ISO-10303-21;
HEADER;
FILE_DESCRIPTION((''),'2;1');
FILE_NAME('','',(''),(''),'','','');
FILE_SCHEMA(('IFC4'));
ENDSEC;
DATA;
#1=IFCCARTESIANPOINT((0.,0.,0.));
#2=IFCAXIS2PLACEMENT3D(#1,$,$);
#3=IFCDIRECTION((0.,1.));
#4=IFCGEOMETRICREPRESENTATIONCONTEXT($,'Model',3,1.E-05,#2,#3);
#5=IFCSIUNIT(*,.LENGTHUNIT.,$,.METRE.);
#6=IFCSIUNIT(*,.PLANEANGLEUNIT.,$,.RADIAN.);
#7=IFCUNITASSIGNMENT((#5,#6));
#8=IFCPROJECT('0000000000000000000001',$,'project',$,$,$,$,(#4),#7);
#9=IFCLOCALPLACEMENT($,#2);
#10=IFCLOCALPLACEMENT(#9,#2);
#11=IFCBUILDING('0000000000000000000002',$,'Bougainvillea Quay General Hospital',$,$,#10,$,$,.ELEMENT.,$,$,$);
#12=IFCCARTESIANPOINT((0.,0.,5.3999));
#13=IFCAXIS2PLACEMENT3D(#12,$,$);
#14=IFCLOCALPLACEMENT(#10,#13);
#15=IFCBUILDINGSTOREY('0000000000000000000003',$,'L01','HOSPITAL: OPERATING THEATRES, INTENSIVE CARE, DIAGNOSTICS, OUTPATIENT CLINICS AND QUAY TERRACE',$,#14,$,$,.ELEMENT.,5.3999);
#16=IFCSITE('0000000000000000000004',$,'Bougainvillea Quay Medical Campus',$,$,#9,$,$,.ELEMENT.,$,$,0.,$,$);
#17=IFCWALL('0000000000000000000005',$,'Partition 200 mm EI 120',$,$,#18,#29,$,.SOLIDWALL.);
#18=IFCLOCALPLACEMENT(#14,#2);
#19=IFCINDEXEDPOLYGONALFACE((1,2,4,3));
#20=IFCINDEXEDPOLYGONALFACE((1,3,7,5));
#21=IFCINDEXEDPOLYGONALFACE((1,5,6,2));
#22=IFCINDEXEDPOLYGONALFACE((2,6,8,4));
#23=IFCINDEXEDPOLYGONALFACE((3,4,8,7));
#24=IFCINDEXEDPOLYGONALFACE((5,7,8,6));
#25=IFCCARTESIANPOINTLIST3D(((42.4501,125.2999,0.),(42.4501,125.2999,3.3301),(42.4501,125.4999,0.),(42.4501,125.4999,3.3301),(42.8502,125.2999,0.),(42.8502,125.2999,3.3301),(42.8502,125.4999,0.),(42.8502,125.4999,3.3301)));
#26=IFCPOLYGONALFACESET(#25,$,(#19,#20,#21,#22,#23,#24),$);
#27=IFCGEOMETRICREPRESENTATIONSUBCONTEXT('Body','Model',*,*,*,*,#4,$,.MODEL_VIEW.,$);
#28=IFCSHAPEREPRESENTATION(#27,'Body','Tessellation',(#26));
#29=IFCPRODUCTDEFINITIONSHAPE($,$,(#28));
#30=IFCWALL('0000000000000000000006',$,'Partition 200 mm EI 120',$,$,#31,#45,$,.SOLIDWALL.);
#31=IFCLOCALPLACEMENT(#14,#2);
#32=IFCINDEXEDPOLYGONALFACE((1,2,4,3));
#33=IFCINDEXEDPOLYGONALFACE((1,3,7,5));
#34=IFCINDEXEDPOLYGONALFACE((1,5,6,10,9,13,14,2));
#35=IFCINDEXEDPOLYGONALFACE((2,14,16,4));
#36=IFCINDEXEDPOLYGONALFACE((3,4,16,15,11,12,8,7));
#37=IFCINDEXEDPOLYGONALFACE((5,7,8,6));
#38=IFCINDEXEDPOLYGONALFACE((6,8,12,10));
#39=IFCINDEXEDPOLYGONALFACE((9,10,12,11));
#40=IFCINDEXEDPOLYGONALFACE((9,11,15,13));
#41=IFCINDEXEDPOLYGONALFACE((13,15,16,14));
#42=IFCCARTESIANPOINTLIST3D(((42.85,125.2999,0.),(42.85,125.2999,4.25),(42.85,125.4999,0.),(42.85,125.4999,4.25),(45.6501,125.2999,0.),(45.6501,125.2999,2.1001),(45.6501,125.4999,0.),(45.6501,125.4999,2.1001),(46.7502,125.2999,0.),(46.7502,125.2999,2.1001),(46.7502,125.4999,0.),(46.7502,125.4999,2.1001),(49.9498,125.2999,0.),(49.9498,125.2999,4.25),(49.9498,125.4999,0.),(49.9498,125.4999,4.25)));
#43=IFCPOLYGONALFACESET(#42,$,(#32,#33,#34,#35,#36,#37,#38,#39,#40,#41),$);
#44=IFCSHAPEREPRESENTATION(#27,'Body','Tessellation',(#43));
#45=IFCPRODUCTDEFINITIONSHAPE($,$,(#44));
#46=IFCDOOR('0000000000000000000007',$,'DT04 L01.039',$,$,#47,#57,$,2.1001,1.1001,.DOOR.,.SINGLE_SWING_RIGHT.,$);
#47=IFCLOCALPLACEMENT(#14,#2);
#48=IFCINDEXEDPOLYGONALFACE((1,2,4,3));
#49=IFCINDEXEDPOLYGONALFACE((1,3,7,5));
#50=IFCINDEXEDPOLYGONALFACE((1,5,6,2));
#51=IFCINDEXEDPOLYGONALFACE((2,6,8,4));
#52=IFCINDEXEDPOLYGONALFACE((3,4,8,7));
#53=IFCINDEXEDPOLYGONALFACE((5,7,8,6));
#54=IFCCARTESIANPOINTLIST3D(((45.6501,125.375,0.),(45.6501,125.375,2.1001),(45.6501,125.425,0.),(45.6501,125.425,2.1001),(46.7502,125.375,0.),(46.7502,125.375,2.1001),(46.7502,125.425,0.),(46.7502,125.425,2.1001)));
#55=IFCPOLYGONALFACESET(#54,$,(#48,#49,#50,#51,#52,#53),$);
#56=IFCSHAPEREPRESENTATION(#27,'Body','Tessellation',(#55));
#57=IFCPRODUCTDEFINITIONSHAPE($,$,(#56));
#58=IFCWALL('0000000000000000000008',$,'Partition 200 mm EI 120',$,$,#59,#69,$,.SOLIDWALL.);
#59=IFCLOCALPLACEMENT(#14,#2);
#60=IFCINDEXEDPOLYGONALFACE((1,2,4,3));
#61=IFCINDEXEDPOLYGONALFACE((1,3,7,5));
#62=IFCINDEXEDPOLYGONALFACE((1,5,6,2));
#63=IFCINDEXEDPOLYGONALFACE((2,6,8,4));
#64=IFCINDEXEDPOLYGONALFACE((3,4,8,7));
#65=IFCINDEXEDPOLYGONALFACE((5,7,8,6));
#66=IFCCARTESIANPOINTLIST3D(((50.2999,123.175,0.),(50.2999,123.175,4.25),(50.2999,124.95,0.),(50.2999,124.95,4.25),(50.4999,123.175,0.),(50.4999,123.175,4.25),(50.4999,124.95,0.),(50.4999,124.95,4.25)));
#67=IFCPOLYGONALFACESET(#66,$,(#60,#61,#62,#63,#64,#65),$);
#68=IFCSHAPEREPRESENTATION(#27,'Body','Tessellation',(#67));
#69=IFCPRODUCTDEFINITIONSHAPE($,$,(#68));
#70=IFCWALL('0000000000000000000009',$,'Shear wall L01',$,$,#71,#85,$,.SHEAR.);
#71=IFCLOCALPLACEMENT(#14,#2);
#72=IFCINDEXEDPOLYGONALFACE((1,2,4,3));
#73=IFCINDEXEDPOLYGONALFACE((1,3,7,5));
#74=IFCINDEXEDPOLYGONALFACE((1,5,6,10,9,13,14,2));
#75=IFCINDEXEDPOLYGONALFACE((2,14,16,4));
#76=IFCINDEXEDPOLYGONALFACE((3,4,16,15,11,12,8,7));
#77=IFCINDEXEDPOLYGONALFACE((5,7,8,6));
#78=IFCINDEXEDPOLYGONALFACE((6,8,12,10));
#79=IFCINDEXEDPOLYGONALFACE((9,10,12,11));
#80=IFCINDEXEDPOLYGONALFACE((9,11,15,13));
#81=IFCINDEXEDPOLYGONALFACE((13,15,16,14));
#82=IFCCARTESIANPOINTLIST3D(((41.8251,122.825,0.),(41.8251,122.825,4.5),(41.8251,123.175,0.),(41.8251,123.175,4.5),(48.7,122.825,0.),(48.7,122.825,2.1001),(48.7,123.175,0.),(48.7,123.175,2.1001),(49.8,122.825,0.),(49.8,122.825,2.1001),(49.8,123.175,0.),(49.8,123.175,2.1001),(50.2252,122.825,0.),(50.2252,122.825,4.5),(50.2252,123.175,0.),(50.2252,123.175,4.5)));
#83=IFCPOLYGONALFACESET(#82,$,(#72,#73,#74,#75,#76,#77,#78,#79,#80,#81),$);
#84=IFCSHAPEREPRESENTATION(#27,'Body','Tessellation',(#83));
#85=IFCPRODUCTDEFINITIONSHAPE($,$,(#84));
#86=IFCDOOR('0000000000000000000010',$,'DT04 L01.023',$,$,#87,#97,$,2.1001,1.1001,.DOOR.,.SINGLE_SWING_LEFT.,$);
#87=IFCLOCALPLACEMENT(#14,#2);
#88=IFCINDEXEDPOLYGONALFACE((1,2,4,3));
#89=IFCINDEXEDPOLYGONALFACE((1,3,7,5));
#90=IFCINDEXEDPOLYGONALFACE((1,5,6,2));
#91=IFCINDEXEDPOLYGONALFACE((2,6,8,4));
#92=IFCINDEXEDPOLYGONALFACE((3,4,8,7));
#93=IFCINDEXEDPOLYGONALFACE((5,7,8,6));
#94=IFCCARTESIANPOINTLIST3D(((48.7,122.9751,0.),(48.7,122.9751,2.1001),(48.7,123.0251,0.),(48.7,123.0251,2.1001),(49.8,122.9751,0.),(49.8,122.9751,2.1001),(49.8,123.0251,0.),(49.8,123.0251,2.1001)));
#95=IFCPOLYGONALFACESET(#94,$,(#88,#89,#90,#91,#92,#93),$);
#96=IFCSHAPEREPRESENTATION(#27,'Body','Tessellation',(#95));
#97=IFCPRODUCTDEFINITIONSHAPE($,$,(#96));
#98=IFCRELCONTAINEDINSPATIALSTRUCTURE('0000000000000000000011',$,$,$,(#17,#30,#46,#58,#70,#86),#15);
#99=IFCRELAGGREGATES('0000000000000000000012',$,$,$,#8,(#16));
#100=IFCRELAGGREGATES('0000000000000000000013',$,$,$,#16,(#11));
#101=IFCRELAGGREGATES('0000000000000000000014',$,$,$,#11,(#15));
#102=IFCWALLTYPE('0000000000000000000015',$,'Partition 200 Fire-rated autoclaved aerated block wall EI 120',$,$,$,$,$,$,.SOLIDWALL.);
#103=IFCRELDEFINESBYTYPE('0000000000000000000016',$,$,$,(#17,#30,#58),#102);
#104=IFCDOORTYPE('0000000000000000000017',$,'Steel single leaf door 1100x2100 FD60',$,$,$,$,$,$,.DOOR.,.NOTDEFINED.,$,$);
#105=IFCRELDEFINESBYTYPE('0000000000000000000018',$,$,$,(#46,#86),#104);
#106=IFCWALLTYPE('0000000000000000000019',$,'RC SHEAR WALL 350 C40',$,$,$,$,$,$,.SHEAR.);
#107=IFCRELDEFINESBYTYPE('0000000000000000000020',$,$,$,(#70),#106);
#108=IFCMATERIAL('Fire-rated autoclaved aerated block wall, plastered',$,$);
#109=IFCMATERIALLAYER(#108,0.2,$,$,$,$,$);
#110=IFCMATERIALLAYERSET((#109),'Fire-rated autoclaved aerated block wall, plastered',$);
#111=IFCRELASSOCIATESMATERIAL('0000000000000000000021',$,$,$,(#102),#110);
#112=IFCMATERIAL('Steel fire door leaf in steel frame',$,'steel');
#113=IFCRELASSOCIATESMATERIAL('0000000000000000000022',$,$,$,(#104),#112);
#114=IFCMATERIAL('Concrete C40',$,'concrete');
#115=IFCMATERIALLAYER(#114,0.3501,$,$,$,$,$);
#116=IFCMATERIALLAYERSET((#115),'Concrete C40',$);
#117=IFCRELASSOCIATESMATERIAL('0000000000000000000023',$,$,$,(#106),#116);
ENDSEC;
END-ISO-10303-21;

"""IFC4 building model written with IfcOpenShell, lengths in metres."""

from ifc_helpers import new_model, si_unit, direction, frame, frame_2d, origin, place, context, subcontext, project, spatial, rectangle, extrude, material, layer, layer_set, type_object, element, fill, save


model = new_model("IFC4")

# Units and contexts
model_context = context("Model", 3, precision=1e-05, world=origin(), true_north=direction((0.0, 1.0)))
body_context = subcontext(model_context, "Body", "Model", "MODEL_VIEW")
ifc_project = project(units=[si_unit("LENGTHUNIT", "METRE"), si_unit("PLANEANGLEUNIT", "RADIAN")], contexts=[model_context])

# Site, building, storey
site_placement = place(None, origin())
site = spatial("IfcSite", under=ifc_project, at=site_placement, Name="Bougainvillea Quay Medical Campus", CompositionType="ELEMENT", RefElevation=0.0)
building_placement = place(site_placement, origin())
building = spatial("IfcBuilding", under=site, at=building_placement, Name="Bougainvillea Quay General Hospital", CompositionType="ELEMENT")
storey_placement = place(building_placement, frame((0.0, 0.0, 5.3999)))
storey = spatial("IfcBuildingStorey", under=building, at=storey_placement, Name="L01", Description="HOSPITAL: OPERATING THEATRES, INTENSIVE CARE, DIAGNOSTICS, OUTPATIENT CLINICS AND QUAY TERRACE", CompositionType="ELEMENT", Elevation=5.3999)

# Shared definitions
ifc_material_1 = material(Name="Concrete C40", Category="concrete")

# Wall
ifc_material_2 = material(Name="Fire-rated autoclaved aerated block wall, plastered")
ifc_layer_1 = layer(ifc_material_2, 0.2)
ifc_layer_set_1 = layer_set([ifc_layer_1], Name="Fire-rated autoclaved aerated block wall, plastered")
wall_type_1 = type_object("IfcWallType", Name="Partition 200 Fire-rated autoclaved aerated block wall EI 120", PredefinedType="SOLIDWALL", material=ifc_layer_set_1)
wall_1_placement = place(storey_placement, frame((42.45, 125.3999, 0.0), z_axis=(0.0, 0.0, 1.0), x_axis=(1.0, 0.0, 0.0)))
element("IfcWall", 1, at=wall_1_placement, inside=storey, type_object=wall_type_1, Name="Partition 200 mm EI 120", PredefinedType="SOLIDWALL", context=body_context, shape_type="SweptSolid", body=[
    extrude(rectangle(XDim=0.4001, YDim=0.2, at=frame_2d((0.2002, 0.0))), origin(), (0.0, 0.0, 1.0), 3.3301),
])

# Wall, opening, door
wall_2_placement = place(storey_placement, frame((42.8501, 125.3999, 0.0), z_axis=(0.0, 0.0, 1.0), x_axis=(1.0, 0.0, 0.0)))
wall_2 = element("IfcWall", 2, at=wall_2_placement, inside=storey, type_object=wall_type_1, Name="Partition 200 mm EI 120", PredefinedType="SOLIDWALL", context=body_context, shape_type="SweptSolid", body=[
    extrude(rectangle(XDim=7.0999, YDim=0.2, at=frame_2d((3.5498, 0.0))), origin(), (0.0, 0.0, 1.0), 4.25),
])
opening_1_placement = place(wall_2_placement, frame((2.8, 0.0, 0.0)))
opening_1 = element("IfcOpeningElement", 3, at=opening_1_placement, cuts=wall_2, PredefinedType="OPENING", context=body_context, shape_type="SweptSolid", body=[
    extrude(rectangle(XDim=1.1001, YDim=2.1001, at=frame_2d((0.55, 1.05))), frame((0.0, 0.1099, 0.0), z_axis=(0.0, -1.0, 0.0), x_axis=(1.0, 0.0, 0.0)), (0.0, 0.0, 1.0), 0.22),
])
ifc_material_3 = material(Name="Steel fire door leaf in steel frame", Category="steel")
door_type_1 = type_object("IfcDoorType", Name="Steel single leaf door 1100x2100 FD60", OperationType="NOTDEFINED", PredefinedType="DOOR", material=ifc_material_3)
door_1_placement = place(opening_1_placement, frame((1.1001, 0.0, 0.0), z_axis=(0.0, 0.0, 1.0), x_axis=(-1.0, 0.0, 0.0)))
door_1 = element("IfcDoor", 4, at=door_1_placement, inside=storey, type_object=door_type_1, Name="DT04 L01.039", OperationType="SINGLE_SWING_RIGHT", OverallHeight=2.1001, OverallWidth=1.1001, PredefinedType="DOOR", context=body_context, shape_type="SweptSolid", body=[
    extrude(rectangle(XDim=1.1001, YDim=2.1001, at=frame_2d((0.55, 1.05))), frame((0.0, 0.0249, 0.0), z_axis=(0.0, -1.0, 0.0), x_axis=(1.0, 0.0, 0.0)), (0.0, 0.0, 1.0), 0.05),
])
fill(opening_1, door_1)

# Wall
wall_3_placement = place(storey_placement, frame((50.3999, 123.175, 0.0), z_axis=(0.0, 0.0, 1.0), x_axis=(0.0, 1.0, 0.0)))
element("IfcWall", 5, at=wall_3_placement, inside=storey, type_object=wall_type_1, Name="Partition 200 mm EI 120", PredefinedType="SOLIDWALL", context=body_context, shape_type="SweptSolid", body=[
    extrude(rectangle(XDim=1.7749, YDim=0.2, at=frame_2d((0.8875, 0.0))), origin(), (0.0, 0.0, 1.0), 4.25),
])

# Wall, opening, door
ifc_layer_2 = layer(ifc_material_1, 0.3501)
ifc_layer_set_2 = layer_set([ifc_layer_2], Name="Concrete C40")
wall_type_2 = type_object("IfcWallType", Name="RC SHEAR WALL 350 C40", PredefinedType="SHEAR", material=ifc_layer_set_2)
wall_4_placement = place(storey_placement, frame((41.825, 123.0, 0.0), z_axis=(0.0, 0.0, 1.0), x_axis=(1.0, 0.0, 0.0)))
wall_4 = element("IfcWall", 6, at=wall_4_placement, inside=storey, type_object=wall_type_2, Name="Shear wall L01", PredefinedType="SHEAR", context=body_context, shape_type="SweptSolid", body=[
    extrude(rectangle(XDim=8.4001, YDim=0.3501, at=frame_2d((4.2002, 0.0))), origin(), (0.0, 0.0, 1.0), 4.5),
])
opening_2_placement = place(wall_4_placement, frame((6.875, 0.0, 0.0)))
opening_2 = element("IfcOpeningElement", 7, at=opening_2_placement, cuts=wall_4, PredefinedType="OPENING", context=body_context, shape_type="SweptSolid", body=[
    extrude(rectangle(XDim=1.1001, YDim=2.1001, at=frame_2d((0.55, 1.05))), frame((0.0, 0.1851, 0.0), z_axis=(0.0, -1.0, 0.0), x_axis=(1.0, 0.0, 0.0)), (0.0, 0.0, 1.0), 0.3701),
])
door_2_placement = place(opening_2_placement, frame((1.1001, 0.0, 0.0), z_axis=(0.0, 0.0, 1.0), x_axis=(-1.0, 0.0, 0.0)))
door_2 = element("IfcDoor", 8, at=door_2_placement, inside=storey, type_object=door_type_1, Name="DT04 L01.023", OperationType="SINGLE_SWING_LEFT", OverallHeight=2.1001, OverallWidth=1.1001, PredefinedType="DOOR", context=body_context, shape_type="SweptSolid", body=[
    extrude(rectangle(XDim=1.1001, YDim=2.1001, at=frame_2d((0.55, 1.05))), frame((0.0, 0.0249, 0.0), z_axis=(0.0, -1.0, 0.0), x_axis=(1.0, 0.0, 0.0)), (0.0, 0.0, 1.0), 0.05),
])
fill(opening_2, door_2)

save(model, "model.ifc")
